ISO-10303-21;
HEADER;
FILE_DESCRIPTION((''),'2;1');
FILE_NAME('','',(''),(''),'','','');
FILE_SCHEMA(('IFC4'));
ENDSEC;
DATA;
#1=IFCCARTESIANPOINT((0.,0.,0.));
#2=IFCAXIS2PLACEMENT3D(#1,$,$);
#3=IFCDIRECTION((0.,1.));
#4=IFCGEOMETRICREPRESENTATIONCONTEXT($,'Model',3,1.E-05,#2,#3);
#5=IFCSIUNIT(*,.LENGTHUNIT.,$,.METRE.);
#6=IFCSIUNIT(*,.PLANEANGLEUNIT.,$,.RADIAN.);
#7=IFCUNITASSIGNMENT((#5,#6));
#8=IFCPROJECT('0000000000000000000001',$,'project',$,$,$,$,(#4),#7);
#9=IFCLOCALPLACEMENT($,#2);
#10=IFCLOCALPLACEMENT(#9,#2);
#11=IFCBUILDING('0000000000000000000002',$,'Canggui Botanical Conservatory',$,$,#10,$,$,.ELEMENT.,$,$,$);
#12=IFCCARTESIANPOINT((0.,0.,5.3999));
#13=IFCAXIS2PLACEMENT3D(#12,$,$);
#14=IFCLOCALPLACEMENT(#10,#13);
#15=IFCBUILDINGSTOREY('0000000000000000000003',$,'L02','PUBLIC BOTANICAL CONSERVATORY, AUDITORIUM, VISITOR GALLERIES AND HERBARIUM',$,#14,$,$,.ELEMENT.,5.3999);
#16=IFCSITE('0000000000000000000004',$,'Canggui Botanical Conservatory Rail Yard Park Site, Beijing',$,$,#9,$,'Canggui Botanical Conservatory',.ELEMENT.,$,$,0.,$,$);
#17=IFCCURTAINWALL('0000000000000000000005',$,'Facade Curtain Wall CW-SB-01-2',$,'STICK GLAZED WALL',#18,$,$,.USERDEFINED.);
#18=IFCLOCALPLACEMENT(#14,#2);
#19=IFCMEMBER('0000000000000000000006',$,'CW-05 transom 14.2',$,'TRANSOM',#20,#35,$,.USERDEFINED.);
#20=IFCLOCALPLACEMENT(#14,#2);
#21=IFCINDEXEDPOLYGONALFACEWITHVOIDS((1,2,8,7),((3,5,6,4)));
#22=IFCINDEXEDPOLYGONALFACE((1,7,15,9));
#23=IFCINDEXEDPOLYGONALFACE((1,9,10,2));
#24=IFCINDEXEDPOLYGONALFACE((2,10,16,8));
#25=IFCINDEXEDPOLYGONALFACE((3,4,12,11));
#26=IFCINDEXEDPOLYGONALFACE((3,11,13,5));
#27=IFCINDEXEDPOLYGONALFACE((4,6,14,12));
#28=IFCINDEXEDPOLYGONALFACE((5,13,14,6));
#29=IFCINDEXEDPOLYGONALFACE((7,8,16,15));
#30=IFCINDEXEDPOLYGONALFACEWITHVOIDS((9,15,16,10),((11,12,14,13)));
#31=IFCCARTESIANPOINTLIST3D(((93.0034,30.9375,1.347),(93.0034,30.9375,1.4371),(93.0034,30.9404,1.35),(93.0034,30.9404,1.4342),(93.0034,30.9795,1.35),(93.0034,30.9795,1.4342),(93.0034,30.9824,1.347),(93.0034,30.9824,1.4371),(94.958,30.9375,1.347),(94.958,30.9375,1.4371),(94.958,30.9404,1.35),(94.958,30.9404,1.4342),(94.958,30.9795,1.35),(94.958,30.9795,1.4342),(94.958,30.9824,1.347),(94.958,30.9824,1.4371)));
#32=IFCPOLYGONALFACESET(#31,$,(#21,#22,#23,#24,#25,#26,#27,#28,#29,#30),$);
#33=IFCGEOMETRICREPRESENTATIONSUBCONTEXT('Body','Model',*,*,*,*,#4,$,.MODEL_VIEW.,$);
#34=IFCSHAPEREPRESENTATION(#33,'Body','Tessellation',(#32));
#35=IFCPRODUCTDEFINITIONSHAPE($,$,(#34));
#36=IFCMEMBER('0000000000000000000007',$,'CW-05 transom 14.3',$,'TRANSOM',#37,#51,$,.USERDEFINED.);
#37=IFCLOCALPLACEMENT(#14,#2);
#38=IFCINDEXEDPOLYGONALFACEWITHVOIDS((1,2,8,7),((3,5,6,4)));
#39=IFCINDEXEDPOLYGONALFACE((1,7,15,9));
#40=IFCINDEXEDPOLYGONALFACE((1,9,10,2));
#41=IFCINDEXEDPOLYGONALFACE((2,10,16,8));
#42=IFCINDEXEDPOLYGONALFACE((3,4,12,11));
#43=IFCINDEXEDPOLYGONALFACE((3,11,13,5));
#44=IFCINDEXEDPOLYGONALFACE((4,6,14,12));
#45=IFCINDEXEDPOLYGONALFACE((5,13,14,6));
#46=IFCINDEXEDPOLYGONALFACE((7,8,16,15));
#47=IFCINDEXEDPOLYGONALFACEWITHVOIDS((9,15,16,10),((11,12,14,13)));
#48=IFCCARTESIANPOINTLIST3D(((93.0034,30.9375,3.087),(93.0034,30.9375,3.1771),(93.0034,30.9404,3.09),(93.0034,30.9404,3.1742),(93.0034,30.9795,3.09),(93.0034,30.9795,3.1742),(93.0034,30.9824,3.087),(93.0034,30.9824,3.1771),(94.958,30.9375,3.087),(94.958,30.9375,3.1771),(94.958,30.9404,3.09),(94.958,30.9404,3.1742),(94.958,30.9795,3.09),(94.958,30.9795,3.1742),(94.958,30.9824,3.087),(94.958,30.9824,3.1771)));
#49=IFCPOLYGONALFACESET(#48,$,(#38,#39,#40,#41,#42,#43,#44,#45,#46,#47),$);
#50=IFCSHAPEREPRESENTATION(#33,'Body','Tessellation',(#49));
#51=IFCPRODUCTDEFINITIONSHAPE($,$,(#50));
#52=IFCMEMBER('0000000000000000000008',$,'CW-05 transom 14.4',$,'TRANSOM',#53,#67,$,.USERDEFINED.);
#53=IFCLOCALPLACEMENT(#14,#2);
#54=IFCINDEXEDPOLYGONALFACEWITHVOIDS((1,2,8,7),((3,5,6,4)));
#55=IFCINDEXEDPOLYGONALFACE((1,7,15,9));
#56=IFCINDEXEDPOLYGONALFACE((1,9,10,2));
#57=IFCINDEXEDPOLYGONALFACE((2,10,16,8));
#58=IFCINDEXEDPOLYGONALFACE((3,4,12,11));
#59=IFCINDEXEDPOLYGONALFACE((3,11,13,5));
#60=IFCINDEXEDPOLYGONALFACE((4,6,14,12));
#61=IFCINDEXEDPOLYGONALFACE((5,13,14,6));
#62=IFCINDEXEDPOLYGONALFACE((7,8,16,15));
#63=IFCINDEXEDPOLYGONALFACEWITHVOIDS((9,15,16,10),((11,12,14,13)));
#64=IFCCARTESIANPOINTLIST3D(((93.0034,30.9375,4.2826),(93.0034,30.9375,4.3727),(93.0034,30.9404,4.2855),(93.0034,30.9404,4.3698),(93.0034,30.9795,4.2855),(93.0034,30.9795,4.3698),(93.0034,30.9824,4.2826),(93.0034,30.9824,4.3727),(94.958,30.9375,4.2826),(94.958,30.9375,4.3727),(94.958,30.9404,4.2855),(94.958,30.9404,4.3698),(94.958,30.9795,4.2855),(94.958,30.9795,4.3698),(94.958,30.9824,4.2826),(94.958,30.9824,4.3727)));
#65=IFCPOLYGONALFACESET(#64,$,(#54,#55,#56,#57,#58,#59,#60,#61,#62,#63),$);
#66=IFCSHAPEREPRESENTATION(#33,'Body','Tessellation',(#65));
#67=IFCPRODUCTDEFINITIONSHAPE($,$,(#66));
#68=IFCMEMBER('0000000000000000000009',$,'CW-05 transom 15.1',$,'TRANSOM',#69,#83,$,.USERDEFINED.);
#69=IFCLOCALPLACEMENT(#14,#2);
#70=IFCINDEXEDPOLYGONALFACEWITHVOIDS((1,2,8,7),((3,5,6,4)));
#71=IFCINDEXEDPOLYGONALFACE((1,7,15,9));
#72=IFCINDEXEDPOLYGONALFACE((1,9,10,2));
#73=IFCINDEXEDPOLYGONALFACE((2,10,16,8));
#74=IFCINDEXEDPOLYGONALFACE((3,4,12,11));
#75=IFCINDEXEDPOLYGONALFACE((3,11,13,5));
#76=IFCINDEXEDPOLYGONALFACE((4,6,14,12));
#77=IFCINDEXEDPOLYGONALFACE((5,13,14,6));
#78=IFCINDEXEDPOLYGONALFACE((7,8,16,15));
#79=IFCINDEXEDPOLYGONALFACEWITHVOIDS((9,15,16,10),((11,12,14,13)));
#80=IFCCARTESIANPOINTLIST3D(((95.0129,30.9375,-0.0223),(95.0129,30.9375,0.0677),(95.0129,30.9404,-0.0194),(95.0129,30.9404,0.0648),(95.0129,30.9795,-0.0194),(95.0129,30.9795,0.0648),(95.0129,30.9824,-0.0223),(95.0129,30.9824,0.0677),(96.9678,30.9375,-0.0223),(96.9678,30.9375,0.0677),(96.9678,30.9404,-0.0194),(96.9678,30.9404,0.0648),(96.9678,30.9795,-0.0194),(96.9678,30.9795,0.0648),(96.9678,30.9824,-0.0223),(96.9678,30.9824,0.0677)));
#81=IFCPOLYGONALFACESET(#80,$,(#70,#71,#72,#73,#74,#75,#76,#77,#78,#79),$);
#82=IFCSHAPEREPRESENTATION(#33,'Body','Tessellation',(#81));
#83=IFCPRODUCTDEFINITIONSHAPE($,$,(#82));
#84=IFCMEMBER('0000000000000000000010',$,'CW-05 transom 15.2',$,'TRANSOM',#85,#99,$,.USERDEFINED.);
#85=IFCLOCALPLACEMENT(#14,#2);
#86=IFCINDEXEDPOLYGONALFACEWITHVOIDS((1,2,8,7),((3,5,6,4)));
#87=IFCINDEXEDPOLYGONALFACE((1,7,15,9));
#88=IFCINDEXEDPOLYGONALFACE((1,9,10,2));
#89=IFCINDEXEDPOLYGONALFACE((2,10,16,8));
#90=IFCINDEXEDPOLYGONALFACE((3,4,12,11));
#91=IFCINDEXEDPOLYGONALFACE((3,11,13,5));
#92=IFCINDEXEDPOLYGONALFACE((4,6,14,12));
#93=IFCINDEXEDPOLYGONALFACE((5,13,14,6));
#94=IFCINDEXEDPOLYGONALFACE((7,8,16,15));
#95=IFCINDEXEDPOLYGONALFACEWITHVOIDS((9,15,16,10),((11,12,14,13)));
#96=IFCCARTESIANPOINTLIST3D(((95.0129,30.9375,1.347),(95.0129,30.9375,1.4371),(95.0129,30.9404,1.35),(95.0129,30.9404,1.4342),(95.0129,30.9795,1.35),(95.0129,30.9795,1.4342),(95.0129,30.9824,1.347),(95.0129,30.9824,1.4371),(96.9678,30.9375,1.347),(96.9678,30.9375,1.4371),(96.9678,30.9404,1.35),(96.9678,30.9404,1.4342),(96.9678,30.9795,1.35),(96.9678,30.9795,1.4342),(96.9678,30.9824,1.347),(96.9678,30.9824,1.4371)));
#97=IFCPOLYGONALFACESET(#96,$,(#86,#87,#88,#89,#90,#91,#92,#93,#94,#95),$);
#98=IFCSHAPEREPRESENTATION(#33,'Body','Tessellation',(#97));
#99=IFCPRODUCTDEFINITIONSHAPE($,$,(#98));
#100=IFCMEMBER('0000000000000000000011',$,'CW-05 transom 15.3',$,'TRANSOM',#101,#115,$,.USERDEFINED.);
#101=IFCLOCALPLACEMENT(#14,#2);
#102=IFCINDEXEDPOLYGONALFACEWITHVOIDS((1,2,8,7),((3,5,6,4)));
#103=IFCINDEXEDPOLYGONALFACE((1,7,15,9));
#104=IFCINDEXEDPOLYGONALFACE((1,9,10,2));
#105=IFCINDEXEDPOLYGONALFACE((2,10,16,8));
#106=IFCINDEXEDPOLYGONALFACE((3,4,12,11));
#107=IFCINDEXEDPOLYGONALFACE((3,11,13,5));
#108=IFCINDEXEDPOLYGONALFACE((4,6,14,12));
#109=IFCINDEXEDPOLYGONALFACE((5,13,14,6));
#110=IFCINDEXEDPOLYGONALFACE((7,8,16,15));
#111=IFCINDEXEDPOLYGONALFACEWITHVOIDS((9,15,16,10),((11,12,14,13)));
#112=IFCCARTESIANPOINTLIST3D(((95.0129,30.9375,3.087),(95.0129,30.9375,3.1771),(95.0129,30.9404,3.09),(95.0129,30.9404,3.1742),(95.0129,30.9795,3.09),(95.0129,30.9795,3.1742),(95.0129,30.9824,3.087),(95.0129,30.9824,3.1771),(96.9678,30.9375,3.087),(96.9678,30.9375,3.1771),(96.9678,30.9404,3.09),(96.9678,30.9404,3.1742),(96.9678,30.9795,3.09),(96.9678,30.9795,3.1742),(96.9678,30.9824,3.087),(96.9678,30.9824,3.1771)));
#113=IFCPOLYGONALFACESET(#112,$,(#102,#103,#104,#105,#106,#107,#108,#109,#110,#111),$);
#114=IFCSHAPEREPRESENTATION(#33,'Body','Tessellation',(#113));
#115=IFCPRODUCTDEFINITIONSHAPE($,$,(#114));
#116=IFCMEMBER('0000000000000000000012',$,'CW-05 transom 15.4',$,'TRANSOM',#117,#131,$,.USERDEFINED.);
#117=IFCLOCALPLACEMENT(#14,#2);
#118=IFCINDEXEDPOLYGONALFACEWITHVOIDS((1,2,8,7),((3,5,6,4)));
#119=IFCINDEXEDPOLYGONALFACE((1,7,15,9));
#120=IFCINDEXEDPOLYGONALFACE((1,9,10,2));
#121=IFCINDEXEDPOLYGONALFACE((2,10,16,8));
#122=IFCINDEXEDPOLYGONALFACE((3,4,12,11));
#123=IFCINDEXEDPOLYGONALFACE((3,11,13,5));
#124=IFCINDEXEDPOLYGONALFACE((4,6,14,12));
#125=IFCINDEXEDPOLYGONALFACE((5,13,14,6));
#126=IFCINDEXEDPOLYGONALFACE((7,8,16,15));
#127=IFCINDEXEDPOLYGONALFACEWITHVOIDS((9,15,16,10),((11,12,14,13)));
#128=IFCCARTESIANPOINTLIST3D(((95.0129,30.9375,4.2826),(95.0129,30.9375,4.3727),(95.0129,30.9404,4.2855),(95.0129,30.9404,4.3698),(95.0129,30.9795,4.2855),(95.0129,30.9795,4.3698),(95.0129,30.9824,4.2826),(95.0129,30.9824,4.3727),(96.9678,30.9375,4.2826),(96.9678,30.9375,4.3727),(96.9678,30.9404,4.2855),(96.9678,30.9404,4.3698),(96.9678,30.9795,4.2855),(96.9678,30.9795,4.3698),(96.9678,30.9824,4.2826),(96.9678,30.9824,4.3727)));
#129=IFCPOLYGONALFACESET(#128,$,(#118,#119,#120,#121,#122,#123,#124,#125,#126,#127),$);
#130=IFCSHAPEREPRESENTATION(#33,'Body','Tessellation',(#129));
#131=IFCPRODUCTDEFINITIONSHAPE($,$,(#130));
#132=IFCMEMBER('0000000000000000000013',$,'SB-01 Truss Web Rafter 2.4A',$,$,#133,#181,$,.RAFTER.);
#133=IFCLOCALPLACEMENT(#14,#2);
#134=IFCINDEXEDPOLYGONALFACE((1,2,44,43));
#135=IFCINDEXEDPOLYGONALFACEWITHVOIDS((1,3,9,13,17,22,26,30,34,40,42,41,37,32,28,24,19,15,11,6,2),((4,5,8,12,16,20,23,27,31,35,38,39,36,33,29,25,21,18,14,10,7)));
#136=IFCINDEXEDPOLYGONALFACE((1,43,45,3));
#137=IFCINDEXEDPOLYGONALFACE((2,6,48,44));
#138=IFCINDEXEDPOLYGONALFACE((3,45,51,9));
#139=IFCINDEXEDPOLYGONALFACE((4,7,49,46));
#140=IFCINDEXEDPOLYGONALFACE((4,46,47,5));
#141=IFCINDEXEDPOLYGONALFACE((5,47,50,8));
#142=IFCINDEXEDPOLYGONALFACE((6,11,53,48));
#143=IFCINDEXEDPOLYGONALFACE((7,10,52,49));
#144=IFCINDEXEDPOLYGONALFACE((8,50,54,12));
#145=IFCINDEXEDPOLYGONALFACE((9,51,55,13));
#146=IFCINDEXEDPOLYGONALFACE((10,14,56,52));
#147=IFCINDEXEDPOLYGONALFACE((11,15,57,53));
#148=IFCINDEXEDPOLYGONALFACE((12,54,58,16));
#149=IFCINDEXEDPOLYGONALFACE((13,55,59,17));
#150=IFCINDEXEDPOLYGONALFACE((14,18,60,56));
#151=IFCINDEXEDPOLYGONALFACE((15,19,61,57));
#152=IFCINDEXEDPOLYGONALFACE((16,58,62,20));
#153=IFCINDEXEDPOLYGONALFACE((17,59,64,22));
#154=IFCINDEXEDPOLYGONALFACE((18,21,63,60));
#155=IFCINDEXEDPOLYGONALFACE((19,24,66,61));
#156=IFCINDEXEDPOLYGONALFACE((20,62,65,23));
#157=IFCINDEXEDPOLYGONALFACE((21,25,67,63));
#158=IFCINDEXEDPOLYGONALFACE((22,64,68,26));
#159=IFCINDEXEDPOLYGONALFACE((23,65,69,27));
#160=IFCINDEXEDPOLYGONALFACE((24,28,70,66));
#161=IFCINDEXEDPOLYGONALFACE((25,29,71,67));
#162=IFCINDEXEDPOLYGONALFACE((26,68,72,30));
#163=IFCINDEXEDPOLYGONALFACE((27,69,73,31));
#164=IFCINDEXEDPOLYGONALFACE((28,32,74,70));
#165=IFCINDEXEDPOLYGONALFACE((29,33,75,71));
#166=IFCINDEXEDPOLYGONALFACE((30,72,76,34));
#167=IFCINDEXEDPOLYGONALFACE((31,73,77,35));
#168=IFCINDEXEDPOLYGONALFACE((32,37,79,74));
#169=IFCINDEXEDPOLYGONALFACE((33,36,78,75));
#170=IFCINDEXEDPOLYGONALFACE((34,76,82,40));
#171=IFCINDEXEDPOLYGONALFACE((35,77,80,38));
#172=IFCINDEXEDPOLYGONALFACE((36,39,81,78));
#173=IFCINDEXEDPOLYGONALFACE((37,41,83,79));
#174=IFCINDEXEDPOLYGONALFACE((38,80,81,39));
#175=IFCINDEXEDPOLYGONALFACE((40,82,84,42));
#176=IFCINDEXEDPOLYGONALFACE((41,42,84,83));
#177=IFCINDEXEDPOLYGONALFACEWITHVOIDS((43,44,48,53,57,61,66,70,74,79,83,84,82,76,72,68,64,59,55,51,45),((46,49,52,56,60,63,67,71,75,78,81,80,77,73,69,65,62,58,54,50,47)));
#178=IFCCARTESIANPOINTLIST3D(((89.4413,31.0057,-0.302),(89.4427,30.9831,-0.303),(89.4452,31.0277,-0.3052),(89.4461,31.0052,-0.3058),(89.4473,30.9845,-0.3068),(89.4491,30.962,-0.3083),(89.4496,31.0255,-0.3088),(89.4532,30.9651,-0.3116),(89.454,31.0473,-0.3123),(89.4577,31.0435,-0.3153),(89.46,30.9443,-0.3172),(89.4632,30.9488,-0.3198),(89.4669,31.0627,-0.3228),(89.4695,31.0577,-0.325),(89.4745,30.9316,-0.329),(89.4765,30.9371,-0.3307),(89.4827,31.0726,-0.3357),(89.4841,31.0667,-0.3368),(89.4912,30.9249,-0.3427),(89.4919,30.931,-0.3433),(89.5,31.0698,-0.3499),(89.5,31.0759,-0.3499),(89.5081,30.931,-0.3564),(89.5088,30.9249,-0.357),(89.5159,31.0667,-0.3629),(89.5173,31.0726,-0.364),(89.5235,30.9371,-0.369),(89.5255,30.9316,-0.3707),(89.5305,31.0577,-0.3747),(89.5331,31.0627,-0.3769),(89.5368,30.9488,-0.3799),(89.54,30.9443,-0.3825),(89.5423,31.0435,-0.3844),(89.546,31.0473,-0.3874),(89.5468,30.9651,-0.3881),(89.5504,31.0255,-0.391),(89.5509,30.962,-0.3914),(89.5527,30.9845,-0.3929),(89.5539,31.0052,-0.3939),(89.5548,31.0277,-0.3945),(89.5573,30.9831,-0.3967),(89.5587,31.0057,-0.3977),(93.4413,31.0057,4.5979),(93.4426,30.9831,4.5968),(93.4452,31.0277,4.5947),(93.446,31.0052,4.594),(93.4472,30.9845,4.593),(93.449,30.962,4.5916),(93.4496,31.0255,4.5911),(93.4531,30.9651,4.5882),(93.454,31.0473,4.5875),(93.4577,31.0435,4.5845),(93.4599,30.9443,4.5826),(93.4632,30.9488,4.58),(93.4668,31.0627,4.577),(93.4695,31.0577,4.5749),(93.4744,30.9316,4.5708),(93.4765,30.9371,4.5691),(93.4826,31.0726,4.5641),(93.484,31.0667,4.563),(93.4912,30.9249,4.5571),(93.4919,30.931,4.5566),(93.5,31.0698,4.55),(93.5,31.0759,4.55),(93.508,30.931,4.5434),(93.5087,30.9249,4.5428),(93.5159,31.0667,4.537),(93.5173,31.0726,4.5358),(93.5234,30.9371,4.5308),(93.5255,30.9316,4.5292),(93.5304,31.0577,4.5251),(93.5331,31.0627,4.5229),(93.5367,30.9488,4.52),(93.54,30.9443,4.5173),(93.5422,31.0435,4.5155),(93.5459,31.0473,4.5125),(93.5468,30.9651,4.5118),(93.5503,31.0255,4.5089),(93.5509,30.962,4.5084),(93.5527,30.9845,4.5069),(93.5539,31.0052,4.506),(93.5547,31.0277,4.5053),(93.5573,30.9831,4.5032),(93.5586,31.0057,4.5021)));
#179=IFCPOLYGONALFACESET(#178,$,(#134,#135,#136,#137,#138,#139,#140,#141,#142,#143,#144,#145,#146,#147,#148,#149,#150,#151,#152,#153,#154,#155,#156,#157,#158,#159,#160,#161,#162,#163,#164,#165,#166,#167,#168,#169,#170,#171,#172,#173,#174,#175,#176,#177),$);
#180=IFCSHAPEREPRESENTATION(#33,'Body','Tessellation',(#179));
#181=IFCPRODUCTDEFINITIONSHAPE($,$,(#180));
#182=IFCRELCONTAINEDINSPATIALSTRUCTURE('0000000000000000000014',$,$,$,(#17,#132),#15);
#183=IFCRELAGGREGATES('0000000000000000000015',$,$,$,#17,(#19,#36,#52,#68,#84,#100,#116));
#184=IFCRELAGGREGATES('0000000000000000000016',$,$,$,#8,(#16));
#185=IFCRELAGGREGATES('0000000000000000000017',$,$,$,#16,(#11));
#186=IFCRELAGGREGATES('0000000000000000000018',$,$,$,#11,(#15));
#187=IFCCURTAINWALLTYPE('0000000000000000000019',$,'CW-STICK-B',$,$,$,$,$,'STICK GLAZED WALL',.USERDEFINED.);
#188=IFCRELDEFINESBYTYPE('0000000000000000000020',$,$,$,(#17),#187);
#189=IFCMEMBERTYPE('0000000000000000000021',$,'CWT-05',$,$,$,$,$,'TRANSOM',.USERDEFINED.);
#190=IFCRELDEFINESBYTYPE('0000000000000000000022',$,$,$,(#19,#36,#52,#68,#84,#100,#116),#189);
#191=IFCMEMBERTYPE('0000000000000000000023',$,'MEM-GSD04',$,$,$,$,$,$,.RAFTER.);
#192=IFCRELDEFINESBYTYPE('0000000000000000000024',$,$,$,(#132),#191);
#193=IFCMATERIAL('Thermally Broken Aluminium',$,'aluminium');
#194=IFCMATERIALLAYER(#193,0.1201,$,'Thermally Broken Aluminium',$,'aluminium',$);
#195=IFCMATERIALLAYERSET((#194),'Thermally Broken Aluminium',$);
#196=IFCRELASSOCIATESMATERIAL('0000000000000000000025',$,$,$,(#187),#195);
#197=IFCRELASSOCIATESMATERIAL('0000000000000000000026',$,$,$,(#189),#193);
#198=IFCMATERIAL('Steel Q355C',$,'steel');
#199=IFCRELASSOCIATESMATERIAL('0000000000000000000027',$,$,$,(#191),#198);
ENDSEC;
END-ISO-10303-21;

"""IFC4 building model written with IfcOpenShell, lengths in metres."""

from ifc_helpers import new_model, si_unit, direction, frame, origin, origin_2d, place, context, subcontext, project, spatial, hollow_rectangle, hollow_circle, extrude, material, layer, layer_set, material_profile, profile_set, type_object, element, aggregate, save


model = new_model("IFC4")

# Units and contexts
model_context = context("Model", 3, precision=1e-05, world=origin(), true_north=direction((0.0, 1.0)))
body_context = subcontext(model_context, "Body", "Model", "MODEL_VIEW")
ifc_project = project(units=[si_unit("LENGTHUNIT", "METRE"), si_unit("PLANEANGLEUNIT", "RADIAN")], contexts=[model_context])

# Site, building, storey
site_placement = place(None, origin())
site = spatial("IfcSite", under=ifc_project, at=site_placement, Name="Canggui Botanical Conservatory Rail Yard Park Site, Beijing", LongName="Canggui Botanical Conservatory", CompositionType="ELEMENT", RefElevation=0.0)
building_placement = place(site_placement, origin())
building = spatial("IfcBuilding", under=site, at=building_placement, Name="Canggui Botanical Conservatory", CompositionType="ELEMENT")
storey_placement = place(building_placement, frame((0.0, 0.0, 5.3999)))
storey = spatial("IfcBuildingStorey", under=building, at=storey_placement, Name="L02", Description="PUBLIC BOTANICAL CONSERVATORY, AUDITORIUM, VISITOR GALLERIES AND HERBARIUM", CompositionType="ELEMENT", Elevation=5.3999)

# Curtain wall, members
ifc_material_1 = material(Name="Thermally Broken Aluminium", Category="aluminium")
ifc_layer_1 = layer(ifc_material_1, 0.1201, Name="Thermally Broken Aluminium", Category="aluminium")
ifc_layer_set_1 = layer_set([ifc_layer_1], Name="Thermally Broken Aluminium")
curtain_wall_type = type_object("IfcCurtainWallType", Name="CW-STICK-B", ElementType="STICK GLAZED WALL", PredefinedType="USERDEFINED", material=ifc_layer_set_1)
curtain_wall_placement = place(storey_placement, origin())
curtain_wall = element("IfcCurtainWall", 1, at=curtain_wall_placement, inside=storey, type_object=curtain_wall_type, Name="Facade Curtain Wall CW-SB-01-2", ObjectType="STICK GLAZED WALL", PredefinedType="USERDEFINED")
ifc_material_profile_1 = material_profile(ifc_material_1, hollow_rectangle(XDim=0.0449, YDim=0.0901, WallThickness=0.0029, at=origin_2d()), Name="CWT 45x90x3")
ifc_profile_set_1 = profile_set([ifc_material_profile_1], Name="Thermally Broken Aluminium")
member_type_1 = type_object("IfcMemberType", Name="CWT-05", ElementType="TRANSOM", PredefinedType="USERDEFINED", material=ifc_profile_set_1)
member_1_placement = place(storey_placement, frame((93.0034, 30.96, 1.3921), z_axis=(1.0, 0.0, 0.0), x_axis=(0.0, 1.0, 0.0)))
member_1 = element("IfcMember", 2, at=member_1_placement, type_object=member_type_1, Name="CW-05 transom 14.2", ObjectType="TRANSOM", PredefinedType="USERDEFINED", context=body_context, shape_type="SweptSolid", body=[
    extrude(hollow_rectangle(XDim=0.0449, YDim=0.0901, WallThickness=0.0029, at=origin_2d()), origin(), (0.0, 0.0, 1.0), 1.9546),
])
member_2_placement = place(storey_placement, frame((93.0034, 30.96, 3.1321), z_axis=(1.0, 0.0, 0.0), x_axis=(0.0, 1.0, 0.0)))
member_2 = element("IfcMember", 3, at=member_2_placement, type_object=member_type_1, Name="CW-05 transom 14.3", ObjectType="TRANSOM", PredefinedType="USERDEFINED", context=body_context, shape_type="SweptSolid", body=[
    extrude(hollow_rectangle(XDim=0.0449, YDim=0.0901, WallThickness=0.0029, at=origin_2d()), origin(), (0.0, 0.0, 1.0), 1.9546),
])
member_3_placement = place(storey_placement, frame((93.0034, 30.96, 4.3276), z_axis=(1.0, 0.0, 0.0), x_axis=(0.0, 1.0, 0.0)))
member_3 = element("IfcMember", 4, at=member_3_placement, type_object=member_type_1, Name="CW-05 transom 14.4", ObjectType="TRANSOM", PredefinedType="USERDEFINED", context=body_context, shape_type="SweptSolid", body=[
    extrude(hollow_rectangle(XDim=0.0449, YDim=0.0901, WallThickness=0.0029, at=origin_2d()), origin(), (0.0, 0.0, 1.0), 1.9546),
])
member_4_placement = place(storey_placement, frame((95.0129, 30.96, 0.0227), z_axis=(1.0, 0.0, 0.0), x_axis=(0.0, 1.0, 0.0)))
member_4 = element("IfcMember", 5, at=member_4_placement, type_object=member_type_1, Name="CW-05 transom 15.1", ObjectType="TRANSOM", PredefinedType="USERDEFINED", context=body_context, shape_type="SweptSolid", body=[
    extrude(hollow_rectangle(XDim=0.0449, YDim=0.0901, WallThickness=0.0029, at=origin_2d()), origin(), (0.0, 0.0, 1.0), 1.9548),
])
member_5_placement = place(storey_placement, frame((95.0129, 30.96, 1.3921), z_axis=(1.0, 0.0, 0.0), x_axis=(0.0, 1.0, 0.0)))
member_5 = element("IfcMember", 6, at=member_5_placement, type_object=member_type_1, Name="CW-05 transom 15.2", ObjectType="TRANSOM", PredefinedType="USERDEFINED", context=body_context, shape_type="SweptSolid", body=[
    extrude(hollow_rectangle(XDim=0.0449, YDim=0.0901, WallThickness=0.0029, at=origin_2d()), origin(), (0.0, 0.0, 1.0), 1.9548),
])
member_6_placement = place(storey_placement, frame((95.0129, 30.96, 3.1321), z_axis=(1.0, 0.0, 0.0), x_axis=(0.0, 1.0, 0.0)))
member_6 = element("IfcMember", 7, at=member_6_placement, type_object=member_type_1, Name="CW-05 transom 15.3", ObjectType="TRANSOM", PredefinedType="USERDEFINED", context=body_context, shape_type="SweptSolid", body=[
    extrude(hollow_rectangle(XDim=0.0449, YDim=0.0901, WallThickness=0.0029, at=origin_2d()), origin(), (0.0, 0.0, 1.0), 1.9548),
])
member_7_placement = place(storey_placement, frame((95.0129, 30.96, 4.3276), z_axis=(1.0, 0.0, 0.0), x_axis=(0.0, 1.0, 0.0)))
member_7 = element("IfcMember", 8, at=member_7_placement, type_object=member_type_1, Name="CW-05 transom 15.4", ObjectType="TRANSOM", PredefinedType="USERDEFINED", context=body_context, shape_type="SweptSolid", body=[
    extrude(hollow_rectangle(XDim=0.0449, YDim=0.0901, WallThickness=0.0029, at=origin_2d()), origin(), (0.0, 0.0, 1.0), 1.9548),
])

# Member
ifc_material_2 = material(Name="Steel Q355C", Category="steel")
ifc_material_profile_2 = material_profile(ifc_material_2, hollow_circle(Radius=0.0759, WallThickness=0.0061, at=origin_2d()), Name="CHS 152x6")
ifc_profile_set_2 = profile_set([ifc_material_profile_2], Name="Steel Q355C")
member_type_2 = type_object("IfcMemberType", Name="MEM-GSD04", PredefinedType="RAFTER", material=ifc_profile_set_2)
for number, where, z_axis, x_axis, name in (
    (9, (89.5, 31.0, -0.3499), (0.632384, 0.0, 0.774655), (0.0, 1.0, 0.0), "SB-01 Truss Web Rafter 2.4A"),
):
    element("IfcMember", number, at=place(storey_placement, frame(where, z_axis=z_axis, x_axis=x_axis)), inside=storey, type_object=member_type_2, Name=name, PredefinedType="RAFTER", context=body_context, shape_type="SweptSolid", body=[
        extrude(hollow_circle(Radius=0.0759, WallThickness=0.0061, at=origin_2d()), origin(), (0.0, 0.0, 1.0), 6.3252),
    ])

aggregate(curtain_wall, [member_1, member_2, member_3, member_4, member_5, member_6, member_7])

save(model, "model.ifc")
